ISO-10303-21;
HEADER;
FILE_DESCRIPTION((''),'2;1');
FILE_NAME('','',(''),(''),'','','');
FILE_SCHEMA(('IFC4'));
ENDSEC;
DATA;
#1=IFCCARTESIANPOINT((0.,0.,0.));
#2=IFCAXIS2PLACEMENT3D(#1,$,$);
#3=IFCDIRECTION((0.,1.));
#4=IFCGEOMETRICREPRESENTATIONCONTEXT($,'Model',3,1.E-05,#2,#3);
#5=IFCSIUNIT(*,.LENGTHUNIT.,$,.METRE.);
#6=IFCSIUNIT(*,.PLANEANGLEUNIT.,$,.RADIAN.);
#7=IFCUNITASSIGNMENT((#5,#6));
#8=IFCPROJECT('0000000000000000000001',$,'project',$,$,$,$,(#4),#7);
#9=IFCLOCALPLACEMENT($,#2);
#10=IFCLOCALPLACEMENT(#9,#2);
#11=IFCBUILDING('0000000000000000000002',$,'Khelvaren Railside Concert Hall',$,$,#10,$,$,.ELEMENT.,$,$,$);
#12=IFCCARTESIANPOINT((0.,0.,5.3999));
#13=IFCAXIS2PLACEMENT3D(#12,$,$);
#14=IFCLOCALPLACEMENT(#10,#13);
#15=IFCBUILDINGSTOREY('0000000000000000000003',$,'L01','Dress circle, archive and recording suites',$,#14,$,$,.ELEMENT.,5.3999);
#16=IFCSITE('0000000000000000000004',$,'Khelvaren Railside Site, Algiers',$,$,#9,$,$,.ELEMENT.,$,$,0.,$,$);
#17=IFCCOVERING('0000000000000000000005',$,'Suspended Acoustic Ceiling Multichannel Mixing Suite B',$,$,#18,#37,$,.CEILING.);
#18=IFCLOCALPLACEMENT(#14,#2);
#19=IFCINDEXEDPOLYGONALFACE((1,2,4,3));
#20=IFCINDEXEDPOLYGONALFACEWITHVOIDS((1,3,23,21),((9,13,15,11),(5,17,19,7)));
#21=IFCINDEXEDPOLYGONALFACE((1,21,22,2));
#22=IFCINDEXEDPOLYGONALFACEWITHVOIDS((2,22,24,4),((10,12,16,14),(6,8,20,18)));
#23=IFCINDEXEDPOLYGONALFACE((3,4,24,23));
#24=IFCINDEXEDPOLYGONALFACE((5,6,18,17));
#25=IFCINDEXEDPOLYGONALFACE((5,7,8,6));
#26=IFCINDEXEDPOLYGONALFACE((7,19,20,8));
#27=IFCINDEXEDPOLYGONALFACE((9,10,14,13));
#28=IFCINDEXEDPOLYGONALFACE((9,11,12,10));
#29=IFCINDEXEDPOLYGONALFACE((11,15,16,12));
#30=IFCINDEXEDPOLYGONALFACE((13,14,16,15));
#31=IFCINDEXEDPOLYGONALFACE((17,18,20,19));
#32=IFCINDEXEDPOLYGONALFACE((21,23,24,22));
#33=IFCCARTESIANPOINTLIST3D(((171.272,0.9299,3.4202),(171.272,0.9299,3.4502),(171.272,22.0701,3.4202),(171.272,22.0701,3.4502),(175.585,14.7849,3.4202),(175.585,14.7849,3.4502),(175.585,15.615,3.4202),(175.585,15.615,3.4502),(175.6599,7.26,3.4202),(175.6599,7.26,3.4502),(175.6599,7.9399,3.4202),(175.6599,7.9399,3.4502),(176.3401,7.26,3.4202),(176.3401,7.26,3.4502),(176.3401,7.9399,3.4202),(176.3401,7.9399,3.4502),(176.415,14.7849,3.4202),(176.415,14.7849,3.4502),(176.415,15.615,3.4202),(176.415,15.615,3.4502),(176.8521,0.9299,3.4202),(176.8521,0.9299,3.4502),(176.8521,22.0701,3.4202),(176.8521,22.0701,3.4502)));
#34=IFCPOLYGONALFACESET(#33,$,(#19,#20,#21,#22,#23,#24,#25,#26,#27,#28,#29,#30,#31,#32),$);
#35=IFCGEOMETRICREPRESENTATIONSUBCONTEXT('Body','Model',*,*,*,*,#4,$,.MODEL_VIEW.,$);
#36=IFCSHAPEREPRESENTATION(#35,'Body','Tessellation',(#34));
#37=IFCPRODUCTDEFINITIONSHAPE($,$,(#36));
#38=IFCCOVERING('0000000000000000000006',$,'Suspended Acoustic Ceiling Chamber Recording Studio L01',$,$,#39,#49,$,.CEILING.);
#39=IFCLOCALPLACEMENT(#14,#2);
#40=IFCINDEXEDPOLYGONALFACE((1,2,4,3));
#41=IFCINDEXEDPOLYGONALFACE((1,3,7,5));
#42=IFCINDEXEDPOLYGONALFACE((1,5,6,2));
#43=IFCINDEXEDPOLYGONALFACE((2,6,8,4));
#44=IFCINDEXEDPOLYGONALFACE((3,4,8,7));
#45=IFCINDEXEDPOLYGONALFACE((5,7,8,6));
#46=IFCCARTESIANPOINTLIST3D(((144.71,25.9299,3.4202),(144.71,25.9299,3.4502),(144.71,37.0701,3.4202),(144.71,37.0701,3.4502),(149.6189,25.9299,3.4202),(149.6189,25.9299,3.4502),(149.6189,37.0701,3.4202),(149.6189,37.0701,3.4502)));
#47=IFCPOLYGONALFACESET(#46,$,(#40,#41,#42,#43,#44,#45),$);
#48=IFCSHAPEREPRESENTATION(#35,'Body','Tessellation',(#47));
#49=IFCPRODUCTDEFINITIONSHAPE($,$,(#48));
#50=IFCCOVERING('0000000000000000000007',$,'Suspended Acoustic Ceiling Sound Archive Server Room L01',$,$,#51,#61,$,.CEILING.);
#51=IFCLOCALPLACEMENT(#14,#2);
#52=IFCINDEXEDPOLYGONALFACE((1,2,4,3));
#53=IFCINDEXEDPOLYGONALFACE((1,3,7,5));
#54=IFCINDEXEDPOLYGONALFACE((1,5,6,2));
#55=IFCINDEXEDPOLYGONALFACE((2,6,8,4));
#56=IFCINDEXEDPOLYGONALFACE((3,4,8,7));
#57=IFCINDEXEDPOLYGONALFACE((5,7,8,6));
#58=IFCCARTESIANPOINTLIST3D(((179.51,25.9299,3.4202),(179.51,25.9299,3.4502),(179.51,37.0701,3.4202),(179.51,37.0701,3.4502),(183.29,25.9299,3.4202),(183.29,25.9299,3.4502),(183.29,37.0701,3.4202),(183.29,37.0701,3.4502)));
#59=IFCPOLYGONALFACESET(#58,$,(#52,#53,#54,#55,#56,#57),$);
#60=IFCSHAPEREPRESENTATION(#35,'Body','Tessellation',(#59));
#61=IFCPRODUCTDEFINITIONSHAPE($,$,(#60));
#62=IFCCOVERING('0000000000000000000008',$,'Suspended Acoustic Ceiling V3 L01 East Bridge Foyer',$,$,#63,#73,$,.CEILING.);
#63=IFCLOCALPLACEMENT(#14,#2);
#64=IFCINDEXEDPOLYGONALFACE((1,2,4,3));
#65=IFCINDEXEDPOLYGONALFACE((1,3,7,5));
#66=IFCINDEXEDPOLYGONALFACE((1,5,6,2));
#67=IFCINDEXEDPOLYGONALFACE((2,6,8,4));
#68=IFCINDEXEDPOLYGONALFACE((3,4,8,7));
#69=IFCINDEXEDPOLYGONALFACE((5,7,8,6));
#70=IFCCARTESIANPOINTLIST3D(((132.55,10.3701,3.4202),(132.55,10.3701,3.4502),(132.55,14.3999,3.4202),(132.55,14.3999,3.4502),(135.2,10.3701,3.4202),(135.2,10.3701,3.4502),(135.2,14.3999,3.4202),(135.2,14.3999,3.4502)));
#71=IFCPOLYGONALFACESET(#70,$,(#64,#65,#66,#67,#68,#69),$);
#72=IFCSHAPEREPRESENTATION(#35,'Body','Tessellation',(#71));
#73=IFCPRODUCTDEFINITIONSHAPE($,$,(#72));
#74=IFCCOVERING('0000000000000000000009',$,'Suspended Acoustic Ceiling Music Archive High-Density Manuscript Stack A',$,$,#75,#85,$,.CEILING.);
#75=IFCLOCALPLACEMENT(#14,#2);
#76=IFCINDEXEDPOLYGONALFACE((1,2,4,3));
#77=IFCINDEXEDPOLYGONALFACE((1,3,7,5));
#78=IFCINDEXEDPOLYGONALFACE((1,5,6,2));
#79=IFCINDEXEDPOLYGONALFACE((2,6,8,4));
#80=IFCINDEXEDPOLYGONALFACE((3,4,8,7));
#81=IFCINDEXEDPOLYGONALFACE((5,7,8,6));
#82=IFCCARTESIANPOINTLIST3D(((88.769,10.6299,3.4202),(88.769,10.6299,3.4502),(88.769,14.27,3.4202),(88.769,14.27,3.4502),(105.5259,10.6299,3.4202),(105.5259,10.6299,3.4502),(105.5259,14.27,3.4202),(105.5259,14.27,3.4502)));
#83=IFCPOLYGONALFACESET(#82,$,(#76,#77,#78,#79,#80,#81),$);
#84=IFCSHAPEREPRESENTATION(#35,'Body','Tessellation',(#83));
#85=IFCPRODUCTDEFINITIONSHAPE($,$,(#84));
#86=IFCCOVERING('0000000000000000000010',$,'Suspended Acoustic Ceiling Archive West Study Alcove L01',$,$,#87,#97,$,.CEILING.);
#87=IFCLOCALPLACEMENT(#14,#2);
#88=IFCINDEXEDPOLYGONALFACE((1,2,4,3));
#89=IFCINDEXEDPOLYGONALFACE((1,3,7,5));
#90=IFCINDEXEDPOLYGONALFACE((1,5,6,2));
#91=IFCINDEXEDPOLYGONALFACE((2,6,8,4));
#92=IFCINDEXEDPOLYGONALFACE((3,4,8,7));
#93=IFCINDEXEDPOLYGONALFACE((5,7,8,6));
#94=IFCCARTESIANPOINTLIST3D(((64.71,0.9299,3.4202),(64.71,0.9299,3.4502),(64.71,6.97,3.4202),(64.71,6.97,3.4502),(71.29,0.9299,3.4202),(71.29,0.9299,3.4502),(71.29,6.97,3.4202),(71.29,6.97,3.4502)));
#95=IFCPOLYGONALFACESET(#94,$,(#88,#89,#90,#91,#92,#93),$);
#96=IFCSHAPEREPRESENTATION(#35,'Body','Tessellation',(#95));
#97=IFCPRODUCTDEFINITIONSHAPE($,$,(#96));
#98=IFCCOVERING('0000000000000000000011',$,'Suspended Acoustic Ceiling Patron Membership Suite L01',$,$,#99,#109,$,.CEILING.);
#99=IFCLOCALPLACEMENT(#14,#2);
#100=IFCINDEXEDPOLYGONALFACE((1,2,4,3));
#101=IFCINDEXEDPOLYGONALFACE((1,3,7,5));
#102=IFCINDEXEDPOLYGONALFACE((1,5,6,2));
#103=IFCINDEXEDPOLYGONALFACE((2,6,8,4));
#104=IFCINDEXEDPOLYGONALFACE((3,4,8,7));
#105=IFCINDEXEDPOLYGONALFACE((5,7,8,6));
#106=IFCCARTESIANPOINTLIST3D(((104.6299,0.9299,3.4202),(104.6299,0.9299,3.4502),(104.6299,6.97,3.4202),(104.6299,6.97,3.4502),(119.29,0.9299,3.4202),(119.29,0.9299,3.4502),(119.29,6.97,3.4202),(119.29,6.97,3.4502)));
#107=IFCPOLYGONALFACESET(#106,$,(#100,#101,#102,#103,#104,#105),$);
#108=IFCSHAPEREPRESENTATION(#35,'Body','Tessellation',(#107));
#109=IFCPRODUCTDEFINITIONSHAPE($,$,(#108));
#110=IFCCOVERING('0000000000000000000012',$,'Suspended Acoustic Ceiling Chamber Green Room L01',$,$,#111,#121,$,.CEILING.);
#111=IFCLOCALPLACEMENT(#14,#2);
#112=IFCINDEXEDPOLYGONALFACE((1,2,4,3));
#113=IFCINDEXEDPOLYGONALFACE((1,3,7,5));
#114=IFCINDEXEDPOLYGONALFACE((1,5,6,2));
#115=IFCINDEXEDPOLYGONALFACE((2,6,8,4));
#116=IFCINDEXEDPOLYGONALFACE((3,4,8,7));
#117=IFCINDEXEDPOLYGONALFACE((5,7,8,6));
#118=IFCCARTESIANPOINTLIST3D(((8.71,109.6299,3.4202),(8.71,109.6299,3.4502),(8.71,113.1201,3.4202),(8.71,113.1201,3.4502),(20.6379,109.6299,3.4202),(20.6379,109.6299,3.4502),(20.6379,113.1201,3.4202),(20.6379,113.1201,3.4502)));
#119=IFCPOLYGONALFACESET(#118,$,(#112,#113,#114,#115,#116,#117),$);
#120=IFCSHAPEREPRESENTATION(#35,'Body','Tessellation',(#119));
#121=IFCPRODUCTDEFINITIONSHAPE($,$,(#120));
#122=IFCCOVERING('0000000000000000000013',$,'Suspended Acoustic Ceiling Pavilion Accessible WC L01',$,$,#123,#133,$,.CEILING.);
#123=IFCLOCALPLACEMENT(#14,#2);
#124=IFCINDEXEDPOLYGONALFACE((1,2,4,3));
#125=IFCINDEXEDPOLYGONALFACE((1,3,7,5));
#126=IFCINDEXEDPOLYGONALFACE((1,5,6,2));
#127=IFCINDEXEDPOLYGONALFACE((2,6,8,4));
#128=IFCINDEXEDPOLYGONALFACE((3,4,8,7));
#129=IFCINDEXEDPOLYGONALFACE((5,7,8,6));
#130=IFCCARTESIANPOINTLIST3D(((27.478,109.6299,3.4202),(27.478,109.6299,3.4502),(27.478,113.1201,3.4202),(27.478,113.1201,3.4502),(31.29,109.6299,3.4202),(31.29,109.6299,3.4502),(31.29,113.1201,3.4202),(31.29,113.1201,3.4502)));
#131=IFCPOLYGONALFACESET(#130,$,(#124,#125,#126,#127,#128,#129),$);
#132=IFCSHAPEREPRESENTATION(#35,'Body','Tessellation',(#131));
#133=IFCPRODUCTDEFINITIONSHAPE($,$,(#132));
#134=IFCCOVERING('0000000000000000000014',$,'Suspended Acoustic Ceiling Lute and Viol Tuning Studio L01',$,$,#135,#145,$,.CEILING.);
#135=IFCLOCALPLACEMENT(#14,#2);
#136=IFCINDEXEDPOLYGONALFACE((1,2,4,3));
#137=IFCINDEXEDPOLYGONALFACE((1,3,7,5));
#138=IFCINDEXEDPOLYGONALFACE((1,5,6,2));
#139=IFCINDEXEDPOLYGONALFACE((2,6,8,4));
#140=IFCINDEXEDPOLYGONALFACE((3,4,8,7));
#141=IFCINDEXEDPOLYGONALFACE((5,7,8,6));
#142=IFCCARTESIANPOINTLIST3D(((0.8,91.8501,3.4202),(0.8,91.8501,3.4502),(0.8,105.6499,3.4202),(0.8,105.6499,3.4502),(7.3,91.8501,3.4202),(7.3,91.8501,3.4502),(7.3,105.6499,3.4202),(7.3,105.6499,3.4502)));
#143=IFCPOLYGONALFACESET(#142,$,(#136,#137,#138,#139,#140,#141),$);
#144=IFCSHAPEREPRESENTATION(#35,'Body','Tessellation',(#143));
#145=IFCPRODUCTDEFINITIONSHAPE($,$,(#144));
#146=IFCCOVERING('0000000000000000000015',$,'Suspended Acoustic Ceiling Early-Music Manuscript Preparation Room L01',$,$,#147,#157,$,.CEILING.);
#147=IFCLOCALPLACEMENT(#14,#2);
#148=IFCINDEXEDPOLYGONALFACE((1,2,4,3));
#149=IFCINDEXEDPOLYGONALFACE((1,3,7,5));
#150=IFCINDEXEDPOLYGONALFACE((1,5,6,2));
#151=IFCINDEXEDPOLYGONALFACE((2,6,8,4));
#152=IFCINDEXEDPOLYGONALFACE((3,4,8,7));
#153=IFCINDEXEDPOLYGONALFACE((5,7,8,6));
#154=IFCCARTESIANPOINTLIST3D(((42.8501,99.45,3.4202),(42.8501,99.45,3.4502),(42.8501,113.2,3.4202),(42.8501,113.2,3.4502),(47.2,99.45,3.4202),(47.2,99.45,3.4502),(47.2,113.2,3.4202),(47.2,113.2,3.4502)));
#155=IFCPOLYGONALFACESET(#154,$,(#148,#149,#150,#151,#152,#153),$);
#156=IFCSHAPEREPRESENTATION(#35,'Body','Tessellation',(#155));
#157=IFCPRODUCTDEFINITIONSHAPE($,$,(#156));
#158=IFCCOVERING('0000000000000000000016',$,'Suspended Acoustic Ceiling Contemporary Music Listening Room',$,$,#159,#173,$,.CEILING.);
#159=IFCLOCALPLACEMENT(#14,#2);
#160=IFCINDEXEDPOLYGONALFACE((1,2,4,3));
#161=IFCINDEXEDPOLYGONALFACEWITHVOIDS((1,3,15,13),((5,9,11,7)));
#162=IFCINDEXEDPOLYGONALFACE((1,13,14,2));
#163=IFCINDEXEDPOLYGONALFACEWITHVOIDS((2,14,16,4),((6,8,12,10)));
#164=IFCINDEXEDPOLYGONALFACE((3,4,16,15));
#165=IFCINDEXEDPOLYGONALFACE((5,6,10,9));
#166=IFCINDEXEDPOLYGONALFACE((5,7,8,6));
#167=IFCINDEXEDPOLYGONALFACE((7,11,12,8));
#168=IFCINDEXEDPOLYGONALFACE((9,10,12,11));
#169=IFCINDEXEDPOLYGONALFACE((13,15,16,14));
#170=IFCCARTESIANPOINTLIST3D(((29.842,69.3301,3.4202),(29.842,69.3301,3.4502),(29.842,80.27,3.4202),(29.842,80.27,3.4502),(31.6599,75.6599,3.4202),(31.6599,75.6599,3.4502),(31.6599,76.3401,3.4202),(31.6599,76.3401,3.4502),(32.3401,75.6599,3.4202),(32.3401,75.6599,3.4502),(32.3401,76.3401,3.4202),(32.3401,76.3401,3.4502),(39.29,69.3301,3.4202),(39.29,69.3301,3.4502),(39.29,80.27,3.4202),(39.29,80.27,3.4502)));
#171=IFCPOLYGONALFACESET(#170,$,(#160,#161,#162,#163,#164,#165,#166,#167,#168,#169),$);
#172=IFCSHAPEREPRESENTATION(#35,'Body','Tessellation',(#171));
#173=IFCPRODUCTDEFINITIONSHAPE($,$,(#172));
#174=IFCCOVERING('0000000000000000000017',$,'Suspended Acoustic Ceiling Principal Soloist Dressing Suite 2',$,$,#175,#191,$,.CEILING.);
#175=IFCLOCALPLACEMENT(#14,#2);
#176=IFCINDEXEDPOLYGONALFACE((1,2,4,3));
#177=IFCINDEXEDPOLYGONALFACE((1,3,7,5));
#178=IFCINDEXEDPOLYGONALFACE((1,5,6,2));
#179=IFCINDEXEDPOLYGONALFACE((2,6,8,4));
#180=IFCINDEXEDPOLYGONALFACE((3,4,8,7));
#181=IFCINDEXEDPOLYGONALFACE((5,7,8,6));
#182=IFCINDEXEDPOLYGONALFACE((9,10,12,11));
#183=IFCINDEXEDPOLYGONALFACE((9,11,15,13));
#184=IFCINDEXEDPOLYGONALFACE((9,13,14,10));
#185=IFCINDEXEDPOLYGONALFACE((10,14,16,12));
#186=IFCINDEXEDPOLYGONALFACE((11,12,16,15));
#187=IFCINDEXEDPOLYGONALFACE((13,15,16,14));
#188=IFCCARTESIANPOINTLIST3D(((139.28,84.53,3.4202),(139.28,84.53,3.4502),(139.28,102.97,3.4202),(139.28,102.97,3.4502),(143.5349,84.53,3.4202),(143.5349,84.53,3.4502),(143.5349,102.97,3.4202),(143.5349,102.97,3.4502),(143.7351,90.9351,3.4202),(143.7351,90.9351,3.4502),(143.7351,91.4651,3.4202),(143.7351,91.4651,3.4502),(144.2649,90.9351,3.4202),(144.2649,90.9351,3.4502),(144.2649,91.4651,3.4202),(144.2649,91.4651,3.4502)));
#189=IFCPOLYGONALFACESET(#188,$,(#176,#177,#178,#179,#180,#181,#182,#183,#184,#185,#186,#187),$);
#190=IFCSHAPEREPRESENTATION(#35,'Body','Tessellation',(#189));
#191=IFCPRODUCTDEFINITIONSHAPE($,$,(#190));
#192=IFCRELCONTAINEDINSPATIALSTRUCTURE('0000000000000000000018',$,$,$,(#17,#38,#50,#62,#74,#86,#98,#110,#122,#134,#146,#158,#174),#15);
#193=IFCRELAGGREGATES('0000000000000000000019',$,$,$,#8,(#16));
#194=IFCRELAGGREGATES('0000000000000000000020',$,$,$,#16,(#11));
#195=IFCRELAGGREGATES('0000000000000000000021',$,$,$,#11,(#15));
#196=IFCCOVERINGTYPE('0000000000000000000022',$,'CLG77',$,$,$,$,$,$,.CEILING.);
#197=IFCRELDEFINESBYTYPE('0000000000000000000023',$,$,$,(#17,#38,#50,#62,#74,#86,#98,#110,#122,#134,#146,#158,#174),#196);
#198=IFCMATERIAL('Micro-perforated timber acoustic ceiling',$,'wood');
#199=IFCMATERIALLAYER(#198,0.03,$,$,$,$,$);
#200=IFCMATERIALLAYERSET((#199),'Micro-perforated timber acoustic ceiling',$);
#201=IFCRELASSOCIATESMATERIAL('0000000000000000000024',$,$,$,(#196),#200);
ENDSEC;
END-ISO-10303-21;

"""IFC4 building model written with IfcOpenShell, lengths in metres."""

from ifc_helpers import new_model, si_unit, direction, frame, origin, place, context, subcontext, project, spatial, polyline, outline, extrude, material, layer, layer_set, type_object, element, save


model = new_model("IFC4")

# Units and contexts
model_context = context("Model", 3, precision=1e-05, world=origin(), true_north=direction((0.0, 1.0)))
body_context = subcontext(model_context, "Body", "Model", "MODEL_VIEW")
ifc_project = project(units=[si_unit("LENGTHUNIT", "METRE"), si_unit("PLANEANGLEUNIT", "RADIAN")], contexts=[model_context])

# Site, building, storey
site_placement = place(None, origin())
site = spatial("IfcSite", under=ifc_project, at=site_placement, Name="Khelvaren Railside Site, Algiers", CompositionType="ELEMENT", RefElevation=0.0)
building_placement = place(site_placement, origin())
building = spatial("IfcBuilding", under=site, at=building_placement, Name="Khelvaren Railside Concert Hall", CompositionType="ELEMENT")
storey_placement = place(building_placement, frame((0.0, 0.0, 5.3999)))
storey = spatial("IfcBuildingStorey", under=building, at=storey_placement, Name="L01", Description="Dress circle, archive and recording suites", CompositionType="ELEMENT", Elevation=5.3999)

# Coverings
ifc_material_1 = material(Name="Micro-perforated timber acoustic ceiling", Category="wood")
ifc_layer_1 = layer(ifc_material_1, 0.03)
ifc_layer_set_1 = layer_set([ifc_layer_1], Name="Micro-perforated timber acoustic ceiling")
covering_type_1 = type_object("IfcCoveringType", Name="CLG77", PredefinedType="CEILING", material=ifc_layer_set_1)
covering_1_placement = place(storey_placement, frame((0.0, 0.0, 3.4202)))
element("IfcCovering", 1, at=covering_1_placement, inside=storey, type_object=covering_type_1, Name="Suspended Acoustic Ceiling Multichannel Mixing Suite B", PredefinedType="CEILING", context=body_context, shape_type="SweptSolid", body=[
    extrude(outline(polyline([(171.272, 0.9299), (176.8521, 0.9299), (176.8521, 22.0701), (171.272, 22.0701), (171.272, 0.9299)]), holes=[polyline([(175.6599, 7.26), (176.3401, 7.26), (176.3401, 7.9399), (175.6599, 7.9399), (175.6599, 7.26)]), polyline([(175.585, 14.7849), (176.415, 14.7849), (176.415, 15.615), (175.585, 15.615), (175.585, 14.7849)])]), origin(), (0.0, 0.0, 1.0), 0.03),
])
covering_2_placement = place(storey_placement, frame((0.0, 0.0, 3.4202)))
element("IfcCovering", 2, at=covering_2_placement, inside=storey, type_object=covering_type_1, Name="Suspended Acoustic Ceiling Chamber Recording Studio L01", PredefinedType="CEILING", context=body_context, shape_type="SweptSolid", body=[
    extrude(outline(polyline([(144.71, 25.9299), (149.6189, 25.9299), (149.6189, 37.0701), (144.71, 37.0701), (144.71, 25.9299)])), origin(), (0.0, 0.0, 1.0), 0.03),
])
covering_3_placement = place(storey_placement, frame((0.0, 0.0, 3.4202)))
element("IfcCovering", 3, at=covering_3_placement, inside=storey, type_object=covering_type_1, Name="Suspended Acoustic Ceiling Sound Archive Server Room L01", PredefinedType="CEILING", context=body_context, shape_type="SweptSolid", body=[
    extrude(outline(polyline([(179.51, 25.9299), (183.29, 25.9299), (183.29, 37.0701), (179.51, 37.0701), (179.51, 25.9299)])), origin(), (0.0, 0.0, 1.0), 0.03),
])
covering_4_placement = place(storey_placement, frame((0.0, 0.0, 3.4202)))
element("IfcCovering", 4, at=covering_4_placement, inside=storey, type_object=covering_type_1, Name="Suspended Acoustic Ceiling V3 L01 East Bridge Foyer", PredefinedType="CEILING", context=body_context, shape_type="SweptSolid", body=[
    extrude(outline(polyline([(132.55, 10.3701), (135.2, 10.3701), (135.2, 14.3999), (132.55, 14.3999), (132.55, 10.3701)])), origin(), (0.0, 0.0, 1.0), 0.03),
])
covering_5_placement = place(storey_placement, frame((0.0, 0.0, 3.4202)))
element("IfcCovering", 5, at=covering_5_placement, inside=storey, type_object=covering_type_1, Name="Suspended Acoustic Ceiling Music Archive High-Density Manuscript Stack A", PredefinedType="CEILING", context=body_context, shape_type="SweptSolid", body=[
    extrude(outline(polyline([(88.769, 10.6299), (105.5259, 10.6299), (105.5259, 14.27), (88.769, 14.27), (88.769, 10.6299)])), origin(), (0.0, 0.0, 1.0), 0.03),
])
covering_6_placement = place(storey_placement, frame((0.0, 0.0, 3.4202)))
element("IfcCovering", 6, at=covering_6_placement, inside=storey, type_object=covering_type_1, Name="Suspended Acoustic Ceiling Archive West Study Alcove L01", PredefinedType="CEILING", context=body_context, shape_type="SweptSolid", body=[
    extrude(outline(polyline([(64.71, 0.9299), (71.29, 0.9299), (71.29, 6.97), (64.71, 6.97), (64.71, 0.9299)])), origin(), (0.0, 0.0, 1.0), 0.03),
])
covering_7_placement = place(storey_placement, frame((0.0, 0.0, 3.4202)))
element("IfcCovering", 7, at=covering_7_placement, inside=storey, type_object=covering_type_1, Name="Suspended Acoustic Ceiling Patron Membership Suite L01", PredefinedType="CEILING", context=body_context, shape_type="SweptSolid", body=[
    extrude(outline(polyline([(104.6299, 0.9299), (119.29, 0.9299), (119.29, 6.97), (104.6299, 6.97), (104.6299, 0.9299)])), origin(), (0.0, 0.0, 1.0), 0.03),
])
covering_8_placement = place(storey_placement, frame((0.0, 0.0, 3.4202)))
element("IfcCovering", 8, at=covering_8_placement, inside=storey, type_object=covering_type_1, Name="Suspended Acoustic Ceiling Chamber Green Room L01", PredefinedType="CEILING", context=body_context, shape_type="SweptSolid", body=[
    extrude(outline(polyline([(8.71, 109.6299), (20.6379, 109.6299), (20.6379, 113.1201), (8.71, 113.1201), (8.71, 109.6299)])), origin(), (0.0, 0.0, 1.0), 0.03),
])
covering_9_placement = place(storey_placement, frame((0.0, 0.0, 3.4202)))
element("IfcCovering", 9, at=covering_9_placement, inside=storey, type_object=covering_type_1, Name="Suspended Acoustic Ceiling Pavilion Accessible WC L01", PredefinedType="CEILING", context=body_context, shape_type="SweptSolid", body=[
    extrude(outline(polyline([(27.478, 109.6299), (31.29, 109.6299), (31.29, 113.1201), (27.478, 113.1201), (27.478, 109.6299)])), origin(), (0.0, 0.0, 1.0), 0.03),
])
covering_10_placement = place(storey_placement, frame((0.0, 0.0, 3.4202)))
element("IfcCovering", 10, at=covering_10_placement, inside=storey, type_object=covering_type_1, Name="Suspended Acoustic Ceiling Lute and Viol Tuning Studio L01", PredefinedType="CEILING", context=body_context, shape_type="SweptSolid", body=[
    extrude(outline(polyline([(0.8, 91.8501), (7.3, 91.8501), (7.3, 105.6499), (0.8, 105.6499), (0.8, 91.8501)])), origin(), (0.0, 0.0, 1.0), 0.03),
])
covering_11_placement = place(storey_placement, frame((0.0, 0.0, 3.4202)))
element("IfcCovering", 11, at=covering_11_placement, inside=storey, type_object=covering_type_1, Name="Suspended Acoustic Ceiling Early-Music Manuscript Preparation Room L01", PredefinedType="CEILING", context=body_context, shape_type="SweptSolid", body=[
    extrude(outline(polyline([(42.8501, 99.45), (47.2, 99.45), (47.2, 113.2), (42.8501, 113.2), (42.8501, 99.45)])), origin(), (0.0, 0.0, 1.0), 0.03),
])
covering_12_placement = place(storey_placement, frame((0.0, 0.0, 3.4202)))
element("IfcCovering", 12, at=covering_12_placement, inside=storey, type_object=covering_type_1, Name="Suspended Acoustic Ceiling Contemporary Music Listening Room", PredefinedType="CEILING", context=body_context, shape_type="SweptSolid", body=[
    extrude(outline(polyline([(29.842, 69.3301), (39.29, 69.3301), (39.29, 80.27), (29.842, 80.27), (29.842, 69.3301)]), holes=[polyline([(31.6599, 75.6599), (32.3401, 75.6599), (32.3401, 76.3401), (31.6599, 76.3401), (31.6599, 75.6599)])]), origin(), (0.0, 0.0, 1.0), 0.03),
])
covering_13_placement = place(storey_placement, frame((0.0, 0.0, 3.4202)))
element("IfcCovering", 13, at=covering_13_placement, inside=storey, type_object=covering_type_1, Name="Suspended Acoustic Ceiling Principal Soloist Dressing Suite 2", PredefinedType="CEILING", context=body_context, shape_type="SweptSolid", body=[
    extrude(outline(polyline([(139.28, 84.53), (143.5349, 84.53), (143.5349, 102.97), (139.28, 102.97), (139.28, 84.53)]), holes=[polyline([(143.7351, 90.9351), (144.2649, 90.9351), (144.2649, 91.4651), (143.7351, 91.4651), (143.7351, 90.9351)])]), origin(), (0.0, 0.0, 1.0), 0.03),
])

save(model, "model.ifc")
